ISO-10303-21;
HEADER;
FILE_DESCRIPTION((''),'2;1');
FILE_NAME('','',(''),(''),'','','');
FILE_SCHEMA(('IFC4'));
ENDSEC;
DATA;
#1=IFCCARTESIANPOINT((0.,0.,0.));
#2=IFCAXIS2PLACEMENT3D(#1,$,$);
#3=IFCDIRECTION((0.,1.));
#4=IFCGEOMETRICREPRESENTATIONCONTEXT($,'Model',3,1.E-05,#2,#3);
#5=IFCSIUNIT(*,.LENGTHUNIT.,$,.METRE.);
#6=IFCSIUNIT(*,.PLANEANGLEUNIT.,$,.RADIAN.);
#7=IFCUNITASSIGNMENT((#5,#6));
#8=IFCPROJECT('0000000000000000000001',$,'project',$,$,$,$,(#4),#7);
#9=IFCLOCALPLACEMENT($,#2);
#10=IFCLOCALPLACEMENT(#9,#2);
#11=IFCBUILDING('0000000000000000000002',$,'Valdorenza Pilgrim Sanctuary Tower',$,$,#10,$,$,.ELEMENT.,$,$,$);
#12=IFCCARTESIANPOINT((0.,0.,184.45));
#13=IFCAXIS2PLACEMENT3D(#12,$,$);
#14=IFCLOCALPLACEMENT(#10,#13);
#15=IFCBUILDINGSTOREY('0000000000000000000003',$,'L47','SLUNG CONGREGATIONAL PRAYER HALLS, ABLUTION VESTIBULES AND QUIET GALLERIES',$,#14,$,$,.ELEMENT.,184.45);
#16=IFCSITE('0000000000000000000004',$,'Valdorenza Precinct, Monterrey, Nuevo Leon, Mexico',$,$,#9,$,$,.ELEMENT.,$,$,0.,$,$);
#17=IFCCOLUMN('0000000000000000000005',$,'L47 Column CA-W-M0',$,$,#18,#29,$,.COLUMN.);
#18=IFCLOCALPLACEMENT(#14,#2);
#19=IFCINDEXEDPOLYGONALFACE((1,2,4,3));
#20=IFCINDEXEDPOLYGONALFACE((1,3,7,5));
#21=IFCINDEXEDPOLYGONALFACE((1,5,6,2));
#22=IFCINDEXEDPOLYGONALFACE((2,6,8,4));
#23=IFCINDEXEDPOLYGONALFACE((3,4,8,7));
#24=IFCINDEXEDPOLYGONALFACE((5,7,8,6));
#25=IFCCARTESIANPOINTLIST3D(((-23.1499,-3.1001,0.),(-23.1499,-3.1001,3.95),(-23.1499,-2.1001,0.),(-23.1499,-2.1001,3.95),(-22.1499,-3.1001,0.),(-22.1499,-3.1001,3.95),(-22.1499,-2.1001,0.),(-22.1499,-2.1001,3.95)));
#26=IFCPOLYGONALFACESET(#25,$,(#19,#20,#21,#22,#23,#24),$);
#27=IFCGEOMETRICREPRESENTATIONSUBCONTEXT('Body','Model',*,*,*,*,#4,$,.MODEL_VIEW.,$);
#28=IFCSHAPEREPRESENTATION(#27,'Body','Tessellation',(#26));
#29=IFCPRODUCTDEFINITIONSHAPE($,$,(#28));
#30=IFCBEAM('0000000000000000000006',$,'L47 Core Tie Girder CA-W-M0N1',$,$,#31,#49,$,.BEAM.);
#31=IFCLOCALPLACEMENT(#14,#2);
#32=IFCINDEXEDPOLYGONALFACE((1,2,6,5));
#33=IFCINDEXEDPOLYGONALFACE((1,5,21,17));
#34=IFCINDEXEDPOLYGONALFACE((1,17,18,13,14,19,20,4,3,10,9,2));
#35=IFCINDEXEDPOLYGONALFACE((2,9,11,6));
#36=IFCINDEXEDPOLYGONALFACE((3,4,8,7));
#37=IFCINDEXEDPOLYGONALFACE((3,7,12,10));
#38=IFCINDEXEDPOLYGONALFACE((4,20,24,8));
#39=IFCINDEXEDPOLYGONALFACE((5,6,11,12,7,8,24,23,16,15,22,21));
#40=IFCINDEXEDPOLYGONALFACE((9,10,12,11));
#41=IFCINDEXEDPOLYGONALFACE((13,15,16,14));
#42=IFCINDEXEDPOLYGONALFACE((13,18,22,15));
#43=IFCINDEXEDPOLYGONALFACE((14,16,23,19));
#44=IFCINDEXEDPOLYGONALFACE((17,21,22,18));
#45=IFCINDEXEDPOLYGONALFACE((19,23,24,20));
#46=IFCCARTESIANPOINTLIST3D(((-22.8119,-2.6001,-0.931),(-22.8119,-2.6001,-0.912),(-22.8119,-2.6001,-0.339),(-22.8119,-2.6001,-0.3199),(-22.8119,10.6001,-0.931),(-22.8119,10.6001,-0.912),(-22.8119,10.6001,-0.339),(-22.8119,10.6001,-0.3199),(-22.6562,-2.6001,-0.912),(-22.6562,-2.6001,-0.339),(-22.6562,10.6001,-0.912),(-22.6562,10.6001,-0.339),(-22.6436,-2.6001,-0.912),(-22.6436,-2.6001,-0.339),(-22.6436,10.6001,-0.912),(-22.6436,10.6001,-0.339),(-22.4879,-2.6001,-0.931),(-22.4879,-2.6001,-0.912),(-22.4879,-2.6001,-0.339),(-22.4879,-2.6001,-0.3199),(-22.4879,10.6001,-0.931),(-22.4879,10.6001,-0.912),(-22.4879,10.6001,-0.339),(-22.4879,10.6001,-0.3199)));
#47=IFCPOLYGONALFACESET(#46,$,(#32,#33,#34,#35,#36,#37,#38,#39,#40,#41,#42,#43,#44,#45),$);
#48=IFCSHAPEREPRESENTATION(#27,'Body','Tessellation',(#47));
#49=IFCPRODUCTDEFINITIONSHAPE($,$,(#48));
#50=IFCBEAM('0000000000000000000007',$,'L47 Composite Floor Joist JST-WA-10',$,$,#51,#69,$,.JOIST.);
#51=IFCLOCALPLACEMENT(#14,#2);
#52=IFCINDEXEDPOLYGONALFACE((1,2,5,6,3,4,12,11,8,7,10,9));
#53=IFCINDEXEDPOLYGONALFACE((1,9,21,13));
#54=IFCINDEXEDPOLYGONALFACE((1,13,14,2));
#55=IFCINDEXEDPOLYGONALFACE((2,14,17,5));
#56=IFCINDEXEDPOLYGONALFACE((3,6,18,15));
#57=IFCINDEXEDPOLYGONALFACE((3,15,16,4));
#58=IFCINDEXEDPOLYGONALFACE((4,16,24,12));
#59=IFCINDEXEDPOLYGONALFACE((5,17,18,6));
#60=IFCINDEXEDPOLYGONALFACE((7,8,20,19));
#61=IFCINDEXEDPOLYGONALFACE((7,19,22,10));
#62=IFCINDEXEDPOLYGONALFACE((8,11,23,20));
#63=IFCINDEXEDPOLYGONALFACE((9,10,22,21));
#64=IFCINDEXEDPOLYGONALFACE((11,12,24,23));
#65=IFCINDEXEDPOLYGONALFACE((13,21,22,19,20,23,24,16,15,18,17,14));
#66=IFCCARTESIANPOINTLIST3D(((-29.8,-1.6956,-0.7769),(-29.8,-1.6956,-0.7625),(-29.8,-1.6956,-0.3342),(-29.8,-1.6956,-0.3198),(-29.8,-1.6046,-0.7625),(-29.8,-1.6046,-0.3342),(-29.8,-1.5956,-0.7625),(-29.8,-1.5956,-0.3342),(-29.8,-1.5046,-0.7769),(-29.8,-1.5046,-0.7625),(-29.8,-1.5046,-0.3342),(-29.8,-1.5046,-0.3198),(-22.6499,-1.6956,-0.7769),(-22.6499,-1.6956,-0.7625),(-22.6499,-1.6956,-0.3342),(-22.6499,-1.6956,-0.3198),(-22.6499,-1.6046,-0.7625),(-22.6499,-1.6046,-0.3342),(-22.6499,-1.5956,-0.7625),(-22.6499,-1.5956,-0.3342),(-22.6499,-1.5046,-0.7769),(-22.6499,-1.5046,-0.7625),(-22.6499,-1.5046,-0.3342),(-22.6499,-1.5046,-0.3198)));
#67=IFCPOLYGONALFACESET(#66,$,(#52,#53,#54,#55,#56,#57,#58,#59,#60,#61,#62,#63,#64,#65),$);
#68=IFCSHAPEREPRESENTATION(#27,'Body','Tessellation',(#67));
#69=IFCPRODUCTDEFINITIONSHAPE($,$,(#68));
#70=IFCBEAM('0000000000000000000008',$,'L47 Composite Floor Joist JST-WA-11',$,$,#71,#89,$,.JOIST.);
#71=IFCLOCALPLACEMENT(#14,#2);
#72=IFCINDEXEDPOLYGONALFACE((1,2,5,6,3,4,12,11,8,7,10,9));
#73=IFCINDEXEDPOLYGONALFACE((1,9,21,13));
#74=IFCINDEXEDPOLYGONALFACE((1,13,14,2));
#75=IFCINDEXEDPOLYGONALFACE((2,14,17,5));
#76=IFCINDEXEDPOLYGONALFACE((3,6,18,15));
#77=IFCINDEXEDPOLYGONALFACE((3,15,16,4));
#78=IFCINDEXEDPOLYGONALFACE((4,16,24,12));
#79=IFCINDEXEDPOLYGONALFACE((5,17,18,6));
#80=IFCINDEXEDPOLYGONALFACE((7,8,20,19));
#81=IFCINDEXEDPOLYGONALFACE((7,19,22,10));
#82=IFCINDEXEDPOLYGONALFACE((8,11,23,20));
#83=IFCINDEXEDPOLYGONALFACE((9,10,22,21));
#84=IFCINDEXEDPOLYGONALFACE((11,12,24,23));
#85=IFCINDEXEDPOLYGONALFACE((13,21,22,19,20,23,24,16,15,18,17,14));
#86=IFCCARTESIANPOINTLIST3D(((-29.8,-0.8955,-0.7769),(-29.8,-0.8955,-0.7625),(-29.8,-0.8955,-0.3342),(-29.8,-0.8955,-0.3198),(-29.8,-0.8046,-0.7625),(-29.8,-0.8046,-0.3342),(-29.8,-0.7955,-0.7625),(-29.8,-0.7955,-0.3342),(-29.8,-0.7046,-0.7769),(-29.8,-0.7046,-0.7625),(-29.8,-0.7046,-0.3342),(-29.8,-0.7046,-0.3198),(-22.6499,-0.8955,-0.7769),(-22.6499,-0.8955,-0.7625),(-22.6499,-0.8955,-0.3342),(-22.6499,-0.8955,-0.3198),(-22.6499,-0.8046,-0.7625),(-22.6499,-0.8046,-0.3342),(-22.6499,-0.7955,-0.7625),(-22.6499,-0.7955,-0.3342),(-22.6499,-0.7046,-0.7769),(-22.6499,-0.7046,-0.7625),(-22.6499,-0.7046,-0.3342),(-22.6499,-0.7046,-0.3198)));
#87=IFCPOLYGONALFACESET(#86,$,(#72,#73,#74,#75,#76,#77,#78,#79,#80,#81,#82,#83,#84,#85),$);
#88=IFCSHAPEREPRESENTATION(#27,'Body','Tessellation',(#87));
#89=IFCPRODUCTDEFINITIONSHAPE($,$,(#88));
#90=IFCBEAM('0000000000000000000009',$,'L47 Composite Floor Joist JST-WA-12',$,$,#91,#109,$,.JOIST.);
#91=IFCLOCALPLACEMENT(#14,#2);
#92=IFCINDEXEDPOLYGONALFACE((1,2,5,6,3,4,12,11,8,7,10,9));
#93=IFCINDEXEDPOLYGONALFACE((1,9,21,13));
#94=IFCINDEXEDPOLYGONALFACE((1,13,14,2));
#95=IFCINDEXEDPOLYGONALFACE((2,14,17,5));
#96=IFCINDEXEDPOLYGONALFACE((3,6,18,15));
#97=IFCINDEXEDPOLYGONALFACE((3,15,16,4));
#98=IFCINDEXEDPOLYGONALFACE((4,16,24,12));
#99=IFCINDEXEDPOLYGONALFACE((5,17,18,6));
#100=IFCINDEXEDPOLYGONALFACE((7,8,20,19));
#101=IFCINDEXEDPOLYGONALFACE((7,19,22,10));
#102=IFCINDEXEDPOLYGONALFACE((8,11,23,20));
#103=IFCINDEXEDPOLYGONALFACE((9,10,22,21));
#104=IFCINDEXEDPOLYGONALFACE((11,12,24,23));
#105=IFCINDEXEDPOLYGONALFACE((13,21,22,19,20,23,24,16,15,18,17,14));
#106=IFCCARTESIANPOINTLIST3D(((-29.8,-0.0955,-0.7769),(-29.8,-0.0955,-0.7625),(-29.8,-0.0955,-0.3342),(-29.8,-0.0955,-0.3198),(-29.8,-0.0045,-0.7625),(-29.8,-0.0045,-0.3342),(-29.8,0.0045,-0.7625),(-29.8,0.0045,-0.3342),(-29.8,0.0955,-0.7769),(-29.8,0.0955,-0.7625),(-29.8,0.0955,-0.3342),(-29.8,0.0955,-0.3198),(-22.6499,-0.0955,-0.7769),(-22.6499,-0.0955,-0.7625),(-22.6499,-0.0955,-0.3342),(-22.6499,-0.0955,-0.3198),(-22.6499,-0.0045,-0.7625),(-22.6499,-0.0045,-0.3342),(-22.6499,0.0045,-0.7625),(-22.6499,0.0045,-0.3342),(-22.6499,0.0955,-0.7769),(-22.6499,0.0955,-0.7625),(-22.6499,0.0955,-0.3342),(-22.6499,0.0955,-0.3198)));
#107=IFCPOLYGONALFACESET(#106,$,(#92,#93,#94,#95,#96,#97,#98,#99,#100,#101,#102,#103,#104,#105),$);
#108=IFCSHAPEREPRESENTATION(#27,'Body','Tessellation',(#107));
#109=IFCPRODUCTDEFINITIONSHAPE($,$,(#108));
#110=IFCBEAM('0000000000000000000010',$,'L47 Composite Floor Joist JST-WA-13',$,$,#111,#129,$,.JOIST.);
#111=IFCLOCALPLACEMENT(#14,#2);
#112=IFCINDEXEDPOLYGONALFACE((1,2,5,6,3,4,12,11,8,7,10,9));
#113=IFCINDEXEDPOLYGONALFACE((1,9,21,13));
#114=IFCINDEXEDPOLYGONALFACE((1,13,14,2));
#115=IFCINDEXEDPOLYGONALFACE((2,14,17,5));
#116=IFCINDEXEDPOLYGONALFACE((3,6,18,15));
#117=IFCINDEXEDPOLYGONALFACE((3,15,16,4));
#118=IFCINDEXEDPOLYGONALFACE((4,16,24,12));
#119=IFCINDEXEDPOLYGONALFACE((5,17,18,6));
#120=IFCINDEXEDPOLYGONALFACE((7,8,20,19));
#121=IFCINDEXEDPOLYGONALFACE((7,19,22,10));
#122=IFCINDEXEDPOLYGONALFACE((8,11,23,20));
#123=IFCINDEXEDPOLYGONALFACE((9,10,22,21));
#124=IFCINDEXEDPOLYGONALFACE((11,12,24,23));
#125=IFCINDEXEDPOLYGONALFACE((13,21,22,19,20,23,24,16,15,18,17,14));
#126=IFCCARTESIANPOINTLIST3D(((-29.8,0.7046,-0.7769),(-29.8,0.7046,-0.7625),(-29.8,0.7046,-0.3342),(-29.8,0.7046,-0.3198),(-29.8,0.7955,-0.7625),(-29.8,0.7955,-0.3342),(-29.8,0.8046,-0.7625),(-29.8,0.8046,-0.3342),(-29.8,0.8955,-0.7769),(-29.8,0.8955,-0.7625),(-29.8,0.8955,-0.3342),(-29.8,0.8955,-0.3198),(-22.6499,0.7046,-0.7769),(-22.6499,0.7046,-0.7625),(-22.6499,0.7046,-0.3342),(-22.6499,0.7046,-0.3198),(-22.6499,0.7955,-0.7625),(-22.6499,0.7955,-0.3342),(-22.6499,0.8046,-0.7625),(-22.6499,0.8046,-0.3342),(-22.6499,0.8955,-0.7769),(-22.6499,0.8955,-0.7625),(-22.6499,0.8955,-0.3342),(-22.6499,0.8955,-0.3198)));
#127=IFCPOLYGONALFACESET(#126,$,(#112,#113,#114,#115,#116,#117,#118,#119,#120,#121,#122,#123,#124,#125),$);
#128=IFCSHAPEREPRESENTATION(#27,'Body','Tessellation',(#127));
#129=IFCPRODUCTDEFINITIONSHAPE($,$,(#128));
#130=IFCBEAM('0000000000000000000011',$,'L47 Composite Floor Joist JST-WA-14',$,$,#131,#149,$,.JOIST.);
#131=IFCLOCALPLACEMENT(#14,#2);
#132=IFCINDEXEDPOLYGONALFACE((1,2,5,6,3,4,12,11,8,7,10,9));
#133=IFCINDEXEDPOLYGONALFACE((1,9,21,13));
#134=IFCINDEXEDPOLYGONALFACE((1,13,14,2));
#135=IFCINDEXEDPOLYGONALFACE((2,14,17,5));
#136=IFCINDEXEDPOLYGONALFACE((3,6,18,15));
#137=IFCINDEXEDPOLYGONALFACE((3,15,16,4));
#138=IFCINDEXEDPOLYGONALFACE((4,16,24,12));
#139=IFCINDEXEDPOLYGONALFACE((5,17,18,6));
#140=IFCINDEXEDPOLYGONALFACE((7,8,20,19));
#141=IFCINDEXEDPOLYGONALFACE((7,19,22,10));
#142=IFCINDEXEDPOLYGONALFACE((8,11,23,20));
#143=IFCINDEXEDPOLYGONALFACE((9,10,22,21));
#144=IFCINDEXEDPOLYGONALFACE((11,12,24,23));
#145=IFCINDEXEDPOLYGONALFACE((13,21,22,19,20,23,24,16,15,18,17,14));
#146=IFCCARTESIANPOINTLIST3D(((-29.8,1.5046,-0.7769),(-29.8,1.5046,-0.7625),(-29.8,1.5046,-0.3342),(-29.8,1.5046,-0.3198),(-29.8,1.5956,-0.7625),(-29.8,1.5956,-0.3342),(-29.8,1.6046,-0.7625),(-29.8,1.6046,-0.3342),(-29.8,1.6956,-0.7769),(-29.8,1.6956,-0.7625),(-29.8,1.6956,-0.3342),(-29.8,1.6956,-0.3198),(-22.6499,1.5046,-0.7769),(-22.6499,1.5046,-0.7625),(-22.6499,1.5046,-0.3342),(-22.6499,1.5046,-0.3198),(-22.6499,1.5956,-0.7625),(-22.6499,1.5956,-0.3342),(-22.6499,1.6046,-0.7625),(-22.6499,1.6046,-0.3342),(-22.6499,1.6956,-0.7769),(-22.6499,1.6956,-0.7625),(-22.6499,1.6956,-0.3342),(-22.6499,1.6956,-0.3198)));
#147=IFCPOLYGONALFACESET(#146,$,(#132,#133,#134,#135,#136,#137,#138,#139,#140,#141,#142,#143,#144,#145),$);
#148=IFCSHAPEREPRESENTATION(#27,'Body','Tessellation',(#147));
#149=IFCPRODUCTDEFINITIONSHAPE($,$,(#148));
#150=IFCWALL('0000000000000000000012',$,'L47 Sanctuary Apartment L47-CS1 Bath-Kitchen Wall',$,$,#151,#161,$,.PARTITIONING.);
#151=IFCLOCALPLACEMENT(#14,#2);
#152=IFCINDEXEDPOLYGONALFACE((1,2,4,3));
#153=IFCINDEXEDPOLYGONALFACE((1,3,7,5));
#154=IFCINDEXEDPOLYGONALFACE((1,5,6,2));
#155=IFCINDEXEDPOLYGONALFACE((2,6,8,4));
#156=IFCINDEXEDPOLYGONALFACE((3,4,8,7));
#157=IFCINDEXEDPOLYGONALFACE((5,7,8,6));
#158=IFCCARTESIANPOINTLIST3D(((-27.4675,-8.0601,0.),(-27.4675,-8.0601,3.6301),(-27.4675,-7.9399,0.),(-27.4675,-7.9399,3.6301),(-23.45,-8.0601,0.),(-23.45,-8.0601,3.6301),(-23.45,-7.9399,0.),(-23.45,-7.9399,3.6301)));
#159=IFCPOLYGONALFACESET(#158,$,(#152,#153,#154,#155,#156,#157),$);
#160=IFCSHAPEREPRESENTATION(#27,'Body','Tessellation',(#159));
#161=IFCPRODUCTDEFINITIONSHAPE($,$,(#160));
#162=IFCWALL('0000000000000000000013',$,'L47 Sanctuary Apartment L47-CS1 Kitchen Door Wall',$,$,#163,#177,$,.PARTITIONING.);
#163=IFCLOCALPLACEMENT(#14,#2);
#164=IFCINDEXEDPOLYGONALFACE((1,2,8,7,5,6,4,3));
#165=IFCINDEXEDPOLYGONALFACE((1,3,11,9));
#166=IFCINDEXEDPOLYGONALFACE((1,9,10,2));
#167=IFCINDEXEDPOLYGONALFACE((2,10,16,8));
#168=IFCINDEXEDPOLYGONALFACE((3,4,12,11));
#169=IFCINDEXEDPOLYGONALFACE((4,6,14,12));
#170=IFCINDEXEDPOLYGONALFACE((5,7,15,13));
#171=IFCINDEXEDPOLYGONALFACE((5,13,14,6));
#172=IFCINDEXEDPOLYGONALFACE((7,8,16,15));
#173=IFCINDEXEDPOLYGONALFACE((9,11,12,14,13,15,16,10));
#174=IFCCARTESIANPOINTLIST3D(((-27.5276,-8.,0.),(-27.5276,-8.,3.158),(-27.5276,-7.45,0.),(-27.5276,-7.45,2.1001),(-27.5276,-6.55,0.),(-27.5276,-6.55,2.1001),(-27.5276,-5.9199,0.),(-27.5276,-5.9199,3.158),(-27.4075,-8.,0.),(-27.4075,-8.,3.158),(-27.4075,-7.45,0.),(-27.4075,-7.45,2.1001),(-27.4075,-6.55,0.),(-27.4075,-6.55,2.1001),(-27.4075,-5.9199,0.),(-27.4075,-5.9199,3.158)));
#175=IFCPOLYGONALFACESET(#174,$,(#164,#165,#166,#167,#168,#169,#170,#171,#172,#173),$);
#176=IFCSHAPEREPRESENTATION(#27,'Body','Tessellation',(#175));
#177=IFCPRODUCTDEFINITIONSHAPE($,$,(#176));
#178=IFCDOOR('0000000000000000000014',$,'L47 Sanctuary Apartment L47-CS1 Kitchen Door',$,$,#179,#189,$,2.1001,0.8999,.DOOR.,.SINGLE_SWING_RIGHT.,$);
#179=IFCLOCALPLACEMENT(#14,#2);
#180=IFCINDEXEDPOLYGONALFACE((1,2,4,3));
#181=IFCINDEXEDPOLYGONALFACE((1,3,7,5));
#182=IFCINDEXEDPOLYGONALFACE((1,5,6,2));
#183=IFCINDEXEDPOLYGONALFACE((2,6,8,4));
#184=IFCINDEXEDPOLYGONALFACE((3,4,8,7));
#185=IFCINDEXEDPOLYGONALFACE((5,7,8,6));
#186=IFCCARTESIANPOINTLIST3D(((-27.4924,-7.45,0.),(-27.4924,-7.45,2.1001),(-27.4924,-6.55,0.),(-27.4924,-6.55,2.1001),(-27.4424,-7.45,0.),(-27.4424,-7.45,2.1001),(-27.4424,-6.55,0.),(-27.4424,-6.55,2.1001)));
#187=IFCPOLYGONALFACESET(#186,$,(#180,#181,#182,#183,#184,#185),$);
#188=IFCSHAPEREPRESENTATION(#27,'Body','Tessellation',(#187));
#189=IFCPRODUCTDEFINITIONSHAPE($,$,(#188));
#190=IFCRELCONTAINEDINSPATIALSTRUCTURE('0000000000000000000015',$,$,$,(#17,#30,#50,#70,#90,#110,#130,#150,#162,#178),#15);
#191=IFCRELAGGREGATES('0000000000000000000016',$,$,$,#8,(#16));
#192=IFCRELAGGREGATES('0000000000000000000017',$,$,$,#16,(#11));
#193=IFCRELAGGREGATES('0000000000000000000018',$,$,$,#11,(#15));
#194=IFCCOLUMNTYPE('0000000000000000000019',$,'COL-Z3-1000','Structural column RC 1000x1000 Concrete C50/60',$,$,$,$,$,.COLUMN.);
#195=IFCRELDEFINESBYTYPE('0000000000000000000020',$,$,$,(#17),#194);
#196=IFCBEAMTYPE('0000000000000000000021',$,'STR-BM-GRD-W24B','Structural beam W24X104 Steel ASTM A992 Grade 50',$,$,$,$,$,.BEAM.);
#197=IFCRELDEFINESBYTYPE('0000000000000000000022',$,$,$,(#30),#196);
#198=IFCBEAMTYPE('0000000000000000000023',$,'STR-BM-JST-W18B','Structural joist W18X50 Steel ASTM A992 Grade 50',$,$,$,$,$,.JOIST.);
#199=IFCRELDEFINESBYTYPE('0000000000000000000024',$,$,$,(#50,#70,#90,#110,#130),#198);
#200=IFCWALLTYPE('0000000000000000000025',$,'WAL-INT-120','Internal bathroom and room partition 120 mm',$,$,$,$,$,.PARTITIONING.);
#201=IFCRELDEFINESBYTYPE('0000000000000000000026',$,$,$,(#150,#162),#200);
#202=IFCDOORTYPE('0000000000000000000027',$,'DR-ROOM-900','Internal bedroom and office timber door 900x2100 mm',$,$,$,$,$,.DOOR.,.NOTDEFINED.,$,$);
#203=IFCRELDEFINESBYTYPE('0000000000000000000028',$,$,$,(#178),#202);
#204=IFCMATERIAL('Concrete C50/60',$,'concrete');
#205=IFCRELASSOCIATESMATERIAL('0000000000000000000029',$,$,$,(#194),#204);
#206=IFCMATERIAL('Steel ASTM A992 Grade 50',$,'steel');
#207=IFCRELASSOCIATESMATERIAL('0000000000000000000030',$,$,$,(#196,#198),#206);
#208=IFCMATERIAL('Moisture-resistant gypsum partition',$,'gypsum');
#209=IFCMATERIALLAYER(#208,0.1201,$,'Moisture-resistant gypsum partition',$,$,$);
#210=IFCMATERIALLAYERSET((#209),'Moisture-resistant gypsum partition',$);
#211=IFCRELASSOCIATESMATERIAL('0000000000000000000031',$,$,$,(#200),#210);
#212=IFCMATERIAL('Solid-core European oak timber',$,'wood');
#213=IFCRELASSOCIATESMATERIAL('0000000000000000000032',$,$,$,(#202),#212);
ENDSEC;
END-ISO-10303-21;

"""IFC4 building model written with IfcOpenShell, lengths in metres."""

from ifc_helpers import new_model, si_unit, direction, frame, frame_2d, origin, origin_2d, place, context, subcontext, project, spatial, rectangle, i_section, extrude, source, transform, mapped, material, layer, layer_set, material_profile, profile_set, type_object, element, fill, save


model = new_model("IFC4")

# Units and contexts
model_context = context("Model", 3, precision=1e-05, world=origin(), true_north=direction((0.0, 1.0)))
body_context = subcontext(model_context, "Body", "Model", "MODEL_VIEW")
ifc_project = project(units=[si_unit("LENGTHUNIT", "METRE"), si_unit("PLANEANGLEUNIT", "RADIAN")], contexts=[model_context])

# Site, building, storey
site_placement = place(None, origin())
site = spatial("IfcSite", under=ifc_project, at=site_placement, Name="Valdorenza Precinct, Monterrey, Nuevo Leon, Mexico", CompositionType="ELEMENT", RefElevation=0.0)
building_placement = place(site_placement, origin())
building = spatial("IfcBuilding", under=site, at=building_placement, Name="Valdorenza Pilgrim Sanctuary Tower", CompositionType="ELEMENT")
storey_placement = place(building_placement, frame((0.0, 0.0, 184.45)))
storey = spatial("IfcBuildingStorey", under=building, at=storey_placement, Name="L47", Description="SLUNG CONGREGATIONAL PRAYER HALLS, ABLUTION VESTIBULES AND QUIET GALLERIES", CompositionType="ELEMENT", Elevation=184.45)

# Column
ifc_material_1 = material(Name="Concrete C50/60", Category="concrete")
ifc_material_profile_1 = material_profile(ifc_material_1, rectangle(XDim=1.0, YDim=1.0, at=origin_2d()), Name="RC 1000x1000")
ifc_profile_set_1 = profile_set([ifc_material_profile_1], Name="Concrete C50/60")
column_type = type_object("IfcColumnType", Name="COL-Z3-1000", Description="Structural column RC 1000x1000 Concrete C50/60", PredefinedType="COLUMN", material=ifc_profile_set_1)
shared_shape_1 = source(origin(), body_context, "Body", "SweptSolid", [
    extrude(rectangle(XDim=1.0, YDim=1.0, at=origin_2d()), origin(), (0.0, 0.0, 1.0), 3.95),
])
column_placement = place(storey_placement, frame((-22.6499, -2.6001, 0.0), z_axis=(0.0, 0.0, 1.0), x_axis=(1.0, 0.0, 0.0)))
element("IfcColumn", 1, at=column_placement, inside=storey, type_object=column_type, Name="L47 Column CA-W-M0", PredefinedType="COLUMN", context=body_context, shape_type="MappedRepresentation", body=[
    mapped(shared_shape_1, transform((0.0, 0.0, 0.0), x_axis=(1.0, 0.0, 0.0), y_axis=(0.0, 1.0, 0.0), z_axis=(0.0, 0.0, 1.0), scale=1.0)),
])

# Beams
ifc_material_2 = material(Name="Steel ASTM A992 Grade 50", Category="steel")
ifc_material_profile_2 = material_profile(ifc_material_2, i_section(OverallWidth=0.324, OverallDepth=0.6111, WebThickness=0.0127, FlangeThickness=0.019, at=origin_2d()), Name="W24X104")
ifc_profile_set_2 = profile_set([ifc_material_profile_2], Name="Steel ASTM A992 Grade 50")
beam_type_1 = type_object("IfcBeamType", Name="STR-BM-GRD-W24B", Description="Structural beam W24X104 Steel ASTM A992 Grade 50", PredefinedType="BEAM", material=ifc_profile_set_2)
shared_shape_2 = source(origin(), body_context, "Body", "SweptSolid", [
    extrude(i_section(OverallWidth=0.324, OverallDepth=0.6111, WebThickness=0.0127, FlangeThickness=0.019, at=origin_2d()), origin(), (0.0, 0.0, 1.0), 13.2002),
])
beam_placement = place(storey_placement, frame((-22.6499, -2.6001, -0.6255), z_axis=(0.0, 1.0, 0.0), x_axis=(-1.0, 0.0, 0.0)))
element("IfcBeam", 2, at=beam_placement, inside=storey, type_object=beam_type_1, Name="L47 Core Tie Girder CA-W-M0N1", PredefinedType="BEAM", context=body_context, shape_type="MappedRepresentation", body=[
    mapped(shared_shape_2, transform((0.0, 0.0, 0.0), x_axis=(1.0, 0.0, 0.0), y_axis=(0.0, 1.0, 0.0), z_axis=(0.0, 0.0, 1.0), scale=1.0)),
])
ifc_material_profile_3 = material_profile(ifc_material_2, i_section(OverallWidth=0.1909, OverallDepth=0.457, WebThickness=0.009, FlangeThickness=0.0144, at=origin_2d()), Name="W18X50")
ifc_profile_set_3 = profile_set([ifc_material_profile_3], Name="Steel ASTM A992 Grade 50")
beam_type_2 = type_object("IfcBeamType", Name="STR-BM-JST-W18B", Description="Structural joist W18X50 Steel ASTM A992 Grade 50", PredefinedType="JOIST", material=ifc_profile_set_3)
shared_shape_3 = source(origin(), body_context, "Body", "SweptSolid", [
    extrude(i_section(OverallWidth=0.1909, OverallDepth=0.457, WebThickness=0.009, FlangeThickness=0.0144, at=origin_2d()), origin(), (0.0, 0.0, 1.0), 7.1501),
])
for number, where, z_axis, x_axis, name in (
    (3, (-29.8, -1.6001, -0.5483), (1.0, 0.0, 0.0), (0.0, 1.0, 0.0), "L47 Composite Floor Joist JST-WA-10"),
    (4, (-29.8, -0.8, -0.5483), (1.0, 0.0, 0.0), (0.0, 1.0, 0.0), "L47 Composite Floor Joist JST-WA-11"),
    (5, (-29.8, 0.0, -0.5483), (1.0, 0.0, 0.0), (0.0, 1.0, 0.0), "L47 Composite Floor Joist JST-WA-12"),
    (6, (-29.8, 0.8, -0.5483), (1.0, 0.0, 0.0), (0.0, 1.0, 0.0), "L47 Composite Floor Joist JST-WA-13"),
    (7, (-29.8, 1.6001, -0.5483), (1.0, 0.0, 0.0), (0.0, 1.0, 0.0), "L47 Composite Floor Joist JST-WA-14"),
):
    element("IfcBeam", number, at=place(storey_placement, frame(where, z_axis=z_axis, x_axis=x_axis)), inside=storey, type_object=beam_type_2, Name=name, PredefinedType="JOIST", context=body_context, shape_type="MappedRepresentation", body=[
        mapped(shared_shape_3, transform((0.0, 0.0, 0.0), x_axis=(1.0, 0.0, 0.0), y_axis=(0.0, 1.0, 0.0), z_axis=(0.0, 0.0, 1.0), scale=1.0)),
    ])

# Wall
ifc_material_3 = material(Name="Moisture-resistant gypsum partition", Category="gypsum")
ifc_layer_1 = layer(ifc_material_3, 0.1201, Name="Moisture-resistant gypsum partition")
ifc_layer_set_1 = layer_set([ifc_layer_1], Name="Moisture-resistant gypsum partition")
wall_type_1 = type_object("IfcWallType", Name="WAL-INT-120", Description="Internal bathroom and room partition 120 mm", PredefinedType="PARTITIONING", material=ifc_layer_set_1)
wall_1_placement = place(storey_placement, frame((-27.4675, -8.0, 0.0), z_axis=(0.0, 0.0, 1.0), x_axis=(1.0, 0.0, 0.0)))
element("IfcWall", 8, at=wall_1_placement, inside=storey, type_object=wall_type_1, Name="L47 Sanctuary Apartment L47-CS1 Bath-Kitchen Wall", PredefinedType="PARTITIONING", context=body_context, shape_type="SweptSolid", body=[
    extrude(rectangle(XDim=4.0176, YDim=0.1201, at=frame_2d((2.0088, 0.0))), origin(), (0.0, 0.0, 1.0), 3.6301),
])

# Wall, opening, door
wall_2_placement = place(storey_placement, frame((-27.4675, -8.0, 0.0), z_axis=(0.0, 0.0, 1.0), x_axis=(0.0, 1.0, 0.0)))
wall_2 = element("IfcWall", 9, at=wall_2_placement, inside=storey, type_object=wall_type_1, Name="L47 Sanctuary Apartment L47-CS1 Kitchen Door Wall", PredefinedType="PARTITIONING", context=body_context, shape_type="SweptSolid", body=[
    extrude(rectangle(XDim=2.0801, YDim=0.1201, at=frame_2d((1.04, 0.0))), origin(), (0.0, 0.0, 1.0), 3.158),
])
opening_1_placement = place(wall_2_placement, frame((0.55, 0.0, 0.0)))
opening_1 = element("IfcOpeningElement", 10, at=opening_1_placement, cuts=wall_2, PredefinedType="OPENING", context=body_context, shape_type="SweptSolid", body=[
    extrude(rectangle(XDim=0.8999, YDim=2.1001, at=frame_2d((0.45, 1.05))), frame((0.0, 0.075, 0.0), z_axis=(0.0, -1.0, 0.0), x_axis=(1.0, 0.0, 0.0)), (0.0, 0.0, 1.0), 0.1499),
])
ifc_material_4 = material(Name="Solid-core European oak timber", Category="wood")
door_type_1 = type_object("IfcDoorType", Name="DR-ROOM-900", Description="Internal bedroom and office timber door 900x2100 mm", OperationType="NOTDEFINED", PredefinedType="DOOR", material=ifc_material_4)
door_1_placement = place(opening_1_placement, origin())
door_1 = element("IfcDoor", 11, at=door_1_placement, inside=storey, type_object=door_type_1, Name="L47 Sanctuary Apartment L47-CS1 Kitchen Door", OperationType="SINGLE_SWING_RIGHT", OverallHeight=2.1001, OverallWidth=0.8999, PredefinedType="DOOR", context=body_context, shape_type="SweptSolid", body=[
    extrude(rectangle(XDim=0.8999, YDim=2.1001, at=frame_2d((0.45, 1.05))), frame((0.0, 0.0249, 0.0), z_axis=(0.0, -1.0, 0.0), x_axis=(1.0, 0.0, 0.0)), (0.0, 0.0, 1.0), 0.05),
])
fill(opening_1, door_1)

save(model, "model.ifc")
